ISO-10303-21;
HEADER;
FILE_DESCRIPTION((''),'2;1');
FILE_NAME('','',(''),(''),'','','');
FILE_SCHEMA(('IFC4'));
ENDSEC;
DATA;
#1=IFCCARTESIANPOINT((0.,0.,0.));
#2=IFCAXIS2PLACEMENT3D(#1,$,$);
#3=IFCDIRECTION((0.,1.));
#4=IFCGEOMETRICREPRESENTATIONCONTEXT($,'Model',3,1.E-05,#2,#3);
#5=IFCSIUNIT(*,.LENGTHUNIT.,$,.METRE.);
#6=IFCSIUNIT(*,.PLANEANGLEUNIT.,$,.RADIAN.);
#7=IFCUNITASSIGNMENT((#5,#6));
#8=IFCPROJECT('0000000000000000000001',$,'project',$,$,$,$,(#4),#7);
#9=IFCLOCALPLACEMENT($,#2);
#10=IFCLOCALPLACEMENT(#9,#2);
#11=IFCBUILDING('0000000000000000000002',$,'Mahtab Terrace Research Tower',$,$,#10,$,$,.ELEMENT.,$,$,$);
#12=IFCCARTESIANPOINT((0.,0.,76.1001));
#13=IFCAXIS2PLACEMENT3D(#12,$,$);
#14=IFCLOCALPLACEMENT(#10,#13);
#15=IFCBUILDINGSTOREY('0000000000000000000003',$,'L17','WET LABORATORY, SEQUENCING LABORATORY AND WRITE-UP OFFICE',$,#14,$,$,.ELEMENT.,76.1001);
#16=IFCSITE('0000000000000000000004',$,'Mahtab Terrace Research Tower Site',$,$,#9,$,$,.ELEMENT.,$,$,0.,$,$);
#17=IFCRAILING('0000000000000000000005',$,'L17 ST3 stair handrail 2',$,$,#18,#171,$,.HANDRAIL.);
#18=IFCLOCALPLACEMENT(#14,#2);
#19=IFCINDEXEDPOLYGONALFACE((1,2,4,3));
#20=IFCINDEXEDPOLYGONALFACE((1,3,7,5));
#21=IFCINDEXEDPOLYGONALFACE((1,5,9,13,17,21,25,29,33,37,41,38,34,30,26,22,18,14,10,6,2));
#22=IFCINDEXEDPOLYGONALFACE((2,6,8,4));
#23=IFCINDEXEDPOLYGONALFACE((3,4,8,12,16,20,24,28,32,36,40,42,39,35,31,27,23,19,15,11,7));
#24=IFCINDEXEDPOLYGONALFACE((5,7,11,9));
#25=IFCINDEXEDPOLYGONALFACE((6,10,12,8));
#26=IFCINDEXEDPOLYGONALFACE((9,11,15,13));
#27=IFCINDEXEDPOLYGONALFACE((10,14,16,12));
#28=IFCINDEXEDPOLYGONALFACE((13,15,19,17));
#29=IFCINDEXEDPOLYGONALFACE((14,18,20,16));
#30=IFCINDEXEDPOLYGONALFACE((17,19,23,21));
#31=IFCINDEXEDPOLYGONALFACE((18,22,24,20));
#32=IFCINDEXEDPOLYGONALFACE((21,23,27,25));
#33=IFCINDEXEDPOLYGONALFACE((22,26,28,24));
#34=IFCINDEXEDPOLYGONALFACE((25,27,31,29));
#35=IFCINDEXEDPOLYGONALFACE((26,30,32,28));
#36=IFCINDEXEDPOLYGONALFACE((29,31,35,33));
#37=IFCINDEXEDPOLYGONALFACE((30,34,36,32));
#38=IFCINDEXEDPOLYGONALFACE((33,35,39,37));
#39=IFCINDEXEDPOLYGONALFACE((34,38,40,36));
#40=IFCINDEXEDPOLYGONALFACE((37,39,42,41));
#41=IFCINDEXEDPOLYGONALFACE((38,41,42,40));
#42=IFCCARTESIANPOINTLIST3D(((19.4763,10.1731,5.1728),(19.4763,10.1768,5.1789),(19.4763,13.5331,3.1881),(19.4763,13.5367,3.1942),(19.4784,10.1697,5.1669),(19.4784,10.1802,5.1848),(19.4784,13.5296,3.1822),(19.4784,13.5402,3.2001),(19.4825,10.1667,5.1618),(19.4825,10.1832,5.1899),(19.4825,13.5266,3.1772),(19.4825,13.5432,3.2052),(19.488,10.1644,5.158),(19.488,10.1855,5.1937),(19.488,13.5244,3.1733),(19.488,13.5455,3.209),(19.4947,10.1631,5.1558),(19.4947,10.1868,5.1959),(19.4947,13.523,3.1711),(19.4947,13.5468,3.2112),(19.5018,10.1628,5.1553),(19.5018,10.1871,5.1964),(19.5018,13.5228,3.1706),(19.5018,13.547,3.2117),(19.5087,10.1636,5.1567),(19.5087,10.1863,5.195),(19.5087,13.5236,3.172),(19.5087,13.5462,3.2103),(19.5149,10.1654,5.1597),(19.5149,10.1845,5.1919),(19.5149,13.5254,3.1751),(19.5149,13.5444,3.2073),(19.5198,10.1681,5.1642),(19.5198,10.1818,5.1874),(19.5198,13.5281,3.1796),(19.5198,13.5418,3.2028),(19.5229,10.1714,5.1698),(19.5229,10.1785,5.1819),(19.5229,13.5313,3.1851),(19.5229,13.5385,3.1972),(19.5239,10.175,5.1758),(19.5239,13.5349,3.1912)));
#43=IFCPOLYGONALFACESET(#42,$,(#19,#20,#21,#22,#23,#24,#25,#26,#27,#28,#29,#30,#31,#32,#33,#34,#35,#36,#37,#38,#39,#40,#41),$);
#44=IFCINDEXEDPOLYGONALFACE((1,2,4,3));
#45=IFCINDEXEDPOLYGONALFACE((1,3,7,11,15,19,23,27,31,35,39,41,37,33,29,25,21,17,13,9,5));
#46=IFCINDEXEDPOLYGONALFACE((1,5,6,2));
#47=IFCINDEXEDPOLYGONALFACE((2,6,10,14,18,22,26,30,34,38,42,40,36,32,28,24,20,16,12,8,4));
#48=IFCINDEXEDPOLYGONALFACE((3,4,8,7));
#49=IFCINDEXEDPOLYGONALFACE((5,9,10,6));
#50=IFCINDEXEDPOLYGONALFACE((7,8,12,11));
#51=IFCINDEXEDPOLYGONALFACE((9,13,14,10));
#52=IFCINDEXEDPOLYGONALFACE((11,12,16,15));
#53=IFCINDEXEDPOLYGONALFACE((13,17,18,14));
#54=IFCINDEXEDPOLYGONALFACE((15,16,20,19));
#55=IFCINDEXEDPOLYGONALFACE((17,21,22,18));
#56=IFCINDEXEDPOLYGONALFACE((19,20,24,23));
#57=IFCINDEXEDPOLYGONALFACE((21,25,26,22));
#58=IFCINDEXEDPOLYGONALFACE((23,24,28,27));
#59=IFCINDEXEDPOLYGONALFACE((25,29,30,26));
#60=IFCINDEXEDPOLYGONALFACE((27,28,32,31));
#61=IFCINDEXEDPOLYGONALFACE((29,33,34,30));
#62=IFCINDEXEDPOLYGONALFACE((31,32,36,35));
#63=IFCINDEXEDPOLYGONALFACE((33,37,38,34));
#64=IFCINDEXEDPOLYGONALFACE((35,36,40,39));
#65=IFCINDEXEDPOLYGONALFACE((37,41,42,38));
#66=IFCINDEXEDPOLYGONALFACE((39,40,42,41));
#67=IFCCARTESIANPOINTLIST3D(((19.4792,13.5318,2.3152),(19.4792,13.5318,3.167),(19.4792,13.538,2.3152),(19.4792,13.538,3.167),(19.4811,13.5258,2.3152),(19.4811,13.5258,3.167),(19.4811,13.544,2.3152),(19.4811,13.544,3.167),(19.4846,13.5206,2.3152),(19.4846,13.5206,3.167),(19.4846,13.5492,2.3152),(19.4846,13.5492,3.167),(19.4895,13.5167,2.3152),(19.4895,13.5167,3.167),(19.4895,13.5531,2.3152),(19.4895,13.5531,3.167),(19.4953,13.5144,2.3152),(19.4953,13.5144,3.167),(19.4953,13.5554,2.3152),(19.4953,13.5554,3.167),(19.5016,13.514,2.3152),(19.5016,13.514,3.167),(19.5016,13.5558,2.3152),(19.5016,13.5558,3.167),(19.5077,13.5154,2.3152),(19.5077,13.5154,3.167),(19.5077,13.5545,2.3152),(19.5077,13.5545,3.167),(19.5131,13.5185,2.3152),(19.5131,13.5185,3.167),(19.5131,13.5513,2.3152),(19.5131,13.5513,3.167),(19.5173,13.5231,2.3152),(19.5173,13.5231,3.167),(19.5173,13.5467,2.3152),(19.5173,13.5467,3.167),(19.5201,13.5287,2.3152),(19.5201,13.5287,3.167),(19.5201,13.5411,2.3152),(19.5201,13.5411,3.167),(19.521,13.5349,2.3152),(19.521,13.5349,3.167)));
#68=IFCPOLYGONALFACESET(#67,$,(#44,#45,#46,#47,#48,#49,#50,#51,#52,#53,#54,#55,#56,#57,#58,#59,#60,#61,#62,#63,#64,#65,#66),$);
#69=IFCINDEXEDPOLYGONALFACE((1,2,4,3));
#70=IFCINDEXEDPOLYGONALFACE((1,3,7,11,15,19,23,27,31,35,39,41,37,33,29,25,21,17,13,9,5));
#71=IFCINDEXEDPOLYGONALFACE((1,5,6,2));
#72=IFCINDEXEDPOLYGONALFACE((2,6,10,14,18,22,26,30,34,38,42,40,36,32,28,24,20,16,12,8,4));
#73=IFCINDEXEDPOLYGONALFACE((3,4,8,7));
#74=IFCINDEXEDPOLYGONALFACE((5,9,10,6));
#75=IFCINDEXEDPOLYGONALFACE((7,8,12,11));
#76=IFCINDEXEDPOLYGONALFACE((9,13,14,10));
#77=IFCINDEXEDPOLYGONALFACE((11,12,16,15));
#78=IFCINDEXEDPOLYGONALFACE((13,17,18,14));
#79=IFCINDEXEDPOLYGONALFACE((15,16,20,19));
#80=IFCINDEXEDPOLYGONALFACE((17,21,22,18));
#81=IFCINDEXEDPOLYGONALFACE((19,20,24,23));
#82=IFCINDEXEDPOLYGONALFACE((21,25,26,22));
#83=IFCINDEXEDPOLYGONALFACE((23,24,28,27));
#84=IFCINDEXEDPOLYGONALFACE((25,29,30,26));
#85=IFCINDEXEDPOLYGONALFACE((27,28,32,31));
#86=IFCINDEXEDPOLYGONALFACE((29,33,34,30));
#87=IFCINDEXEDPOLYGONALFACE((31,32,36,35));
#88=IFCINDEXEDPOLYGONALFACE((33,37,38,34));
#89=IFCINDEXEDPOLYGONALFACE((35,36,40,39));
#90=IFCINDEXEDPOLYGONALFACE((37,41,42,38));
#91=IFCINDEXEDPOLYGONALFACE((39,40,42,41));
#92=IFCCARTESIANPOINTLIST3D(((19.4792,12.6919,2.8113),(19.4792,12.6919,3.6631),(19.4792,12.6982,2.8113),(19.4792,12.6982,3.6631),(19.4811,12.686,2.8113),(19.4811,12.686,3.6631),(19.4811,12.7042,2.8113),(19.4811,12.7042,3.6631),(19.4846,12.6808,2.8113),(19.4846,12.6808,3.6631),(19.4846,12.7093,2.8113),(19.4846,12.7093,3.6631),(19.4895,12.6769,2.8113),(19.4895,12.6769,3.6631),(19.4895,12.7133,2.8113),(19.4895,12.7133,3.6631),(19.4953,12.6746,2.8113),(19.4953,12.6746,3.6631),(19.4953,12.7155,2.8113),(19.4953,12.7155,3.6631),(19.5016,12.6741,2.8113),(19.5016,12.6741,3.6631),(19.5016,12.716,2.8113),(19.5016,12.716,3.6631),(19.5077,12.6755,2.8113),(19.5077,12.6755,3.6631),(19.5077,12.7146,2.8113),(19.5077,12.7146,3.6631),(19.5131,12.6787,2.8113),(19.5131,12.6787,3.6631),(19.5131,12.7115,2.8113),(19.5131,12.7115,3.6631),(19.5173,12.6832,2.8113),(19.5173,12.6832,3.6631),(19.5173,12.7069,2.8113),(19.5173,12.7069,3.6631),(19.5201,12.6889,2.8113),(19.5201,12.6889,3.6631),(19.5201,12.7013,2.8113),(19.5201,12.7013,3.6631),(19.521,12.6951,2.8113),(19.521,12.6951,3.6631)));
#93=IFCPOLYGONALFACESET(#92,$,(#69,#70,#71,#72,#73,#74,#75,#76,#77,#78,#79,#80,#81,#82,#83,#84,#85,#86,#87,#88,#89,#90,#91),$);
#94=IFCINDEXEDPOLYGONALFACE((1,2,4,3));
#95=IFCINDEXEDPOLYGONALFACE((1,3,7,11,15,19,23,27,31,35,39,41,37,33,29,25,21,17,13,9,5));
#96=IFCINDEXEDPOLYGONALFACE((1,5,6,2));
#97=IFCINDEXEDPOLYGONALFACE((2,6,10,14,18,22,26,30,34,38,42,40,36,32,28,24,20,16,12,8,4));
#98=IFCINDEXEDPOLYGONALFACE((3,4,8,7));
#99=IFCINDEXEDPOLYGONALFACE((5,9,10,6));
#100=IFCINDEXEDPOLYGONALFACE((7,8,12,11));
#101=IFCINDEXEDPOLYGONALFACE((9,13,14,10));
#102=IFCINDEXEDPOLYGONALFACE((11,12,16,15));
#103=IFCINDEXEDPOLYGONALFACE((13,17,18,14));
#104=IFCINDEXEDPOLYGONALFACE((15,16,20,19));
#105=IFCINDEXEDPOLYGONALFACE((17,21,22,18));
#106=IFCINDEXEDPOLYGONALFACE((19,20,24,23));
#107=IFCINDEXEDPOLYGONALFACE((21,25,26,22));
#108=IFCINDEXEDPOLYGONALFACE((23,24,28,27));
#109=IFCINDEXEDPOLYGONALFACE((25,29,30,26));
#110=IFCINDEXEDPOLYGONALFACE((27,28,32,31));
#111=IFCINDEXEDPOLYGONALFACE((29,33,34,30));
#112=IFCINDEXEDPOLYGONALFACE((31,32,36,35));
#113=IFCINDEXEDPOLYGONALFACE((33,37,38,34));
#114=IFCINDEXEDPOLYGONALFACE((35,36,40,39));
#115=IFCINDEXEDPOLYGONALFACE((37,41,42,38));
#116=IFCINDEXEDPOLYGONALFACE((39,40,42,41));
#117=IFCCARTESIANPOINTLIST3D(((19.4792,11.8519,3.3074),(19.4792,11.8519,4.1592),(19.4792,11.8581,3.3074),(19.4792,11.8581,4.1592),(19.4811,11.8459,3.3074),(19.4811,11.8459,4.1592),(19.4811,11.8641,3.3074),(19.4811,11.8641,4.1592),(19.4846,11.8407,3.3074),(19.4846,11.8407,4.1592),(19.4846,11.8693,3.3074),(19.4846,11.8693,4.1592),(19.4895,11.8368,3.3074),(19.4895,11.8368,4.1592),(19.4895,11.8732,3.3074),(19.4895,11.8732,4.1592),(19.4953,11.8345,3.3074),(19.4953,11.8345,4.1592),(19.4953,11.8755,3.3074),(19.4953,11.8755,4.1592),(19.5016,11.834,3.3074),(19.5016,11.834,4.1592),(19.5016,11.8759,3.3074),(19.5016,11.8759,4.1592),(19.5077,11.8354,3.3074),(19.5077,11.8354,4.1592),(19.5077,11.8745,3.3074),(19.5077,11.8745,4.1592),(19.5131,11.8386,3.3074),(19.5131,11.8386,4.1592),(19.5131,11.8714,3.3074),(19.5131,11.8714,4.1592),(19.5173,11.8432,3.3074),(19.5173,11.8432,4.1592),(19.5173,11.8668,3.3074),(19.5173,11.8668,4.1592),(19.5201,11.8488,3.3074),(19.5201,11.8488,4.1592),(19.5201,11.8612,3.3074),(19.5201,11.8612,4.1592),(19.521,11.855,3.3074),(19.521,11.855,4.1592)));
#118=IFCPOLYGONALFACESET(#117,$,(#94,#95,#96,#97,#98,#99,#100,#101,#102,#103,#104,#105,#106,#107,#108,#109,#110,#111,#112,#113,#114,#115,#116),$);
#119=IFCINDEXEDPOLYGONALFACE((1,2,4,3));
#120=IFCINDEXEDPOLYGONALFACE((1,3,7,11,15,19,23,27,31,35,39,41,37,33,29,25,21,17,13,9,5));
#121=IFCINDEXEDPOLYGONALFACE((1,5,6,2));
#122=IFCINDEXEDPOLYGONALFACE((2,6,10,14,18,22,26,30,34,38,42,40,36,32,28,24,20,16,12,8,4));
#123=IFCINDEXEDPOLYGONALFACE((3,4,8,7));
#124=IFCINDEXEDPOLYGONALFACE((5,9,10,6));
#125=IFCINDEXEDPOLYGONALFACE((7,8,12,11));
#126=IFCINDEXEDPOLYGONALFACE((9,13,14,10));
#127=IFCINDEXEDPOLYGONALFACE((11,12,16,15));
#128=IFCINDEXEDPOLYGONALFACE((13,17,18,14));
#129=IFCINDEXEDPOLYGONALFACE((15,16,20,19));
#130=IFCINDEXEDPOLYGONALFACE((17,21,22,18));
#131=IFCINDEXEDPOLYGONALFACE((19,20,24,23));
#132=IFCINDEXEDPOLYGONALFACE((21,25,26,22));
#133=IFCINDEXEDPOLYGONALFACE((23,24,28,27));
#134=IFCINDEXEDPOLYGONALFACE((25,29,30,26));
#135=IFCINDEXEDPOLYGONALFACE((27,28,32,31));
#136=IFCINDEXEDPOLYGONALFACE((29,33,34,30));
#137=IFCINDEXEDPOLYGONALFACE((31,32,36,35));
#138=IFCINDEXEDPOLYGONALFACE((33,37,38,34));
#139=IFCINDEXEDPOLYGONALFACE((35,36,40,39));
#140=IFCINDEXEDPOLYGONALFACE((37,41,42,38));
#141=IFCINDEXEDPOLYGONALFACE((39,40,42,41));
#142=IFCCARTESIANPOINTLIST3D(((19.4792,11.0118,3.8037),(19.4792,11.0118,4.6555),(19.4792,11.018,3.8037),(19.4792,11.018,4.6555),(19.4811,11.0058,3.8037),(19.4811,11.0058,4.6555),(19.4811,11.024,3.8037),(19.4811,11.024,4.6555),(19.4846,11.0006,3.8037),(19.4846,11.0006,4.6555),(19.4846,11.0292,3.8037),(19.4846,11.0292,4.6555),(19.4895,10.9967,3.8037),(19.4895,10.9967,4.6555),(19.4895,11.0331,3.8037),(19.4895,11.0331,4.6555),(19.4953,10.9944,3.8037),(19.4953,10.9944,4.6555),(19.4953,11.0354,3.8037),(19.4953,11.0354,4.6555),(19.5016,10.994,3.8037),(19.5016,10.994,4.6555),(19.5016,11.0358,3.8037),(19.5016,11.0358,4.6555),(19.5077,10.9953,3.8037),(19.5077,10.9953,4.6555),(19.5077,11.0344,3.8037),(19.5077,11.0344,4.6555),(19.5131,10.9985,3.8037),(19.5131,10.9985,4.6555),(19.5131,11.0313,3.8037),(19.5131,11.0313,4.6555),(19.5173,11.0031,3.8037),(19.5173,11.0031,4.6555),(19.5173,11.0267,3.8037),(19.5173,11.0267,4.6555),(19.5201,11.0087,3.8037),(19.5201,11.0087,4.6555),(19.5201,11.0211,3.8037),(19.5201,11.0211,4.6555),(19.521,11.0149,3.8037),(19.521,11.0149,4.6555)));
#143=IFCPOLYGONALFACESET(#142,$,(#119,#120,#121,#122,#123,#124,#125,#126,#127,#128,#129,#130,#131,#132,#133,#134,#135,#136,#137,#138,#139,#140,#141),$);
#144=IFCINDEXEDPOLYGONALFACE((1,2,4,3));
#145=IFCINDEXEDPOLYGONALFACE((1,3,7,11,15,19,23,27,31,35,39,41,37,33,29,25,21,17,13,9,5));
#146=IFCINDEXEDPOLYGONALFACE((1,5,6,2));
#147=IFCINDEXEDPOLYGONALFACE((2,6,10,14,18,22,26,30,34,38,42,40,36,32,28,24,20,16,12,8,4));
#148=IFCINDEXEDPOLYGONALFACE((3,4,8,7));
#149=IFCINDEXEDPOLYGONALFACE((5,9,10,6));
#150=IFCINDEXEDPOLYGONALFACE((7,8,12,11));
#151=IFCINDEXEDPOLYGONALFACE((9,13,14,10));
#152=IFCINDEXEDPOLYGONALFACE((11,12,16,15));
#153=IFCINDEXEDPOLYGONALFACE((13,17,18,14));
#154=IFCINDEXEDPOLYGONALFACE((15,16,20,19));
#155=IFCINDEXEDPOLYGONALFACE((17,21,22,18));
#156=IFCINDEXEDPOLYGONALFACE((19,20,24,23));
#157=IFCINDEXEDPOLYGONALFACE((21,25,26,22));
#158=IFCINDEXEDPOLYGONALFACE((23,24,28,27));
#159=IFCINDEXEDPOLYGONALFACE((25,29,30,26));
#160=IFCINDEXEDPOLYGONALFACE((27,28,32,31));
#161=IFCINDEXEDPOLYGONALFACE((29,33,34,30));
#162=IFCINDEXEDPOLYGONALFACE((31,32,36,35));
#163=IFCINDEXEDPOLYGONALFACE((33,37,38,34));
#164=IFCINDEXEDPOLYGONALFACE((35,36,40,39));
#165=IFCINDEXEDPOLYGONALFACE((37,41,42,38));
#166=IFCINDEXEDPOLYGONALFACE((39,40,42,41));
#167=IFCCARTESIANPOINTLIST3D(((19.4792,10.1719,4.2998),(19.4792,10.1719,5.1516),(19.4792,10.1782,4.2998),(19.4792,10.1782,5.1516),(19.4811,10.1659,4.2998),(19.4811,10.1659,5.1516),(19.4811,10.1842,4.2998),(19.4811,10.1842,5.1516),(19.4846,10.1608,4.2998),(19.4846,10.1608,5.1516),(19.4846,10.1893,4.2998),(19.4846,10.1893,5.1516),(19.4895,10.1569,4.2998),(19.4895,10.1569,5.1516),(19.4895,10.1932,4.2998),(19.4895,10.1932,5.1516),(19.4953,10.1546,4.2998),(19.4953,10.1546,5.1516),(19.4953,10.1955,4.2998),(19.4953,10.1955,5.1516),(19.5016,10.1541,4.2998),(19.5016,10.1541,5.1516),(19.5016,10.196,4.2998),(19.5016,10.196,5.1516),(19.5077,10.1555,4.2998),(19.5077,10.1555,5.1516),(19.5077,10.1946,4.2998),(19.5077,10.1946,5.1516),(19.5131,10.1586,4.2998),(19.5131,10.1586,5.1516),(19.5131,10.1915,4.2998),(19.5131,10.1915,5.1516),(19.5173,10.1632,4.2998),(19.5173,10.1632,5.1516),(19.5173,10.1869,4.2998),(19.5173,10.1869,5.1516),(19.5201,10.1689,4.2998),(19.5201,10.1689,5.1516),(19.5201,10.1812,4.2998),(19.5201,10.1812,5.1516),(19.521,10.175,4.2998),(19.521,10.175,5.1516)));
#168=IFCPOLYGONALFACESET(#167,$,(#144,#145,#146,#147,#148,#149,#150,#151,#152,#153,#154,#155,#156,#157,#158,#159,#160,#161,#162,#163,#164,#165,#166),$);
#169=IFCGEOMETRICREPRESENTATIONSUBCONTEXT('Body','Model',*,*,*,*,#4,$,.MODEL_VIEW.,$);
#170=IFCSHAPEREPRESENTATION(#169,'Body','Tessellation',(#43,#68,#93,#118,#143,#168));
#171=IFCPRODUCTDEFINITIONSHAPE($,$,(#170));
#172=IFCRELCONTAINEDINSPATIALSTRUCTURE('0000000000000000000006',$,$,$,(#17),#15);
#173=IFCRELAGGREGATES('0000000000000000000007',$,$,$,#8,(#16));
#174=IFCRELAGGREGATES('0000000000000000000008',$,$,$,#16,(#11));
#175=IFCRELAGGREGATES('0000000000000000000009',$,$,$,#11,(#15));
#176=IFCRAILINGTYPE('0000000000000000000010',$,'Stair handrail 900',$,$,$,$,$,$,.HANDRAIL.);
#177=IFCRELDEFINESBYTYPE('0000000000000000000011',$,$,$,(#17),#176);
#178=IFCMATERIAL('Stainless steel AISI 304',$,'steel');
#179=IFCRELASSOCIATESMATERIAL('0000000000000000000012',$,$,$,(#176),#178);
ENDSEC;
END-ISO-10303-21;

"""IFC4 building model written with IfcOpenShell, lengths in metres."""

from ifc_helpers import new_model, si_unit, direction, frame, origin, origin_2d, place, context, subcontext, project, spatial, circle, extrude, material, type_object, element, save


model = new_model("IFC4")

# Units and contexts
model_context = context("Model", 3, precision=1e-05, world=origin(), true_north=direction((0.0, 1.0)))
body_context = subcontext(model_context, "Body", "Model", "MODEL_VIEW")
ifc_project = project(units=[si_unit("LENGTHUNIT", "METRE"), si_unit("PLANEANGLEUNIT", "RADIAN")], contexts=[model_context])

# Site, building, storey
site_placement = place(None, origin())
site = spatial("IfcSite", under=ifc_project, at=site_placement, Name="Mahtab Terrace Research Tower Site", CompositionType="ELEMENT", RefElevation=0.0)
building_placement = place(site_placement, origin())
building = spatial("IfcBuilding", under=site, at=building_placement, Name="Mahtab Terrace Research Tower", CompositionType="ELEMENT")
storey_placement = place(building_placement, frame((0.0, 0.0, 76.1001)))
storey = spatial("IfcBuildingStorey", under=building, at=storey_placement, Name="L17", Description="WET LABORATORY, SEQUENCING LABORATORY AND WRITE-UP OFFICE", CompositionType="ELEMENT", Elevation=76.1001)

# Railing
ifc_material_1 = material(Name="Stainless steel AISI 304", Category="steel")
railing_type_1 = type_object("IfcRailingType", Name="Stair handrail 900", PredefinedType="HANDRAIL", material=ifc_material_1)
railing_1_placement = place(storey_placement, frame((19.5, 13.5349, 2.3152)))
element("IfcRailing", 1, at=railing_1_placement, inside=storey, type_object=railing_type_1, Name="L17 ST3 stair handrail 2", PredefinedType="HANDRAIL", context=body_context, shape_type="SweptSolid", body=[
    extrude(circle(Radius=0.0239, at=origin_2d()), frame((0.0, 0.0, 0.876), z_axis=(0.0, -0.861011, 0.508586), x_axis=(1.0, 0.0, 0.0)), (0.0, 0.0, 1.0), 3.9023),
    extrude(circle(Radius=0.021, at=origin_2d()), origin(), (0.0, 0.0, 1.0), 0.8518),
    extrude(circle(Radius=0.021, at=origin_2d()), frame((0.0, -0.8398, 0.4961)), (0.0, 0.0, 1.0), 0.8518),
    extrude(circle(Radius=0.021, at=origin_2d()), frame((0.0, -1.6799, 0.9922)), (0.0, 0.0, 1.0), 0.8518),
    extrude(circle(Radius=0.021, at=origin_2d()), frame((0.0, -2.52, 1.4885)), (0.0, 0.0, 1.0), 0.8518),
    extrude(circle(Radius=0.021, at=origin_2d()), frame((0.0, -3.3599, 1.9846)), (0.0, 0.0, 1.0), 0.8518),
])

save(model, "model.ifc")
